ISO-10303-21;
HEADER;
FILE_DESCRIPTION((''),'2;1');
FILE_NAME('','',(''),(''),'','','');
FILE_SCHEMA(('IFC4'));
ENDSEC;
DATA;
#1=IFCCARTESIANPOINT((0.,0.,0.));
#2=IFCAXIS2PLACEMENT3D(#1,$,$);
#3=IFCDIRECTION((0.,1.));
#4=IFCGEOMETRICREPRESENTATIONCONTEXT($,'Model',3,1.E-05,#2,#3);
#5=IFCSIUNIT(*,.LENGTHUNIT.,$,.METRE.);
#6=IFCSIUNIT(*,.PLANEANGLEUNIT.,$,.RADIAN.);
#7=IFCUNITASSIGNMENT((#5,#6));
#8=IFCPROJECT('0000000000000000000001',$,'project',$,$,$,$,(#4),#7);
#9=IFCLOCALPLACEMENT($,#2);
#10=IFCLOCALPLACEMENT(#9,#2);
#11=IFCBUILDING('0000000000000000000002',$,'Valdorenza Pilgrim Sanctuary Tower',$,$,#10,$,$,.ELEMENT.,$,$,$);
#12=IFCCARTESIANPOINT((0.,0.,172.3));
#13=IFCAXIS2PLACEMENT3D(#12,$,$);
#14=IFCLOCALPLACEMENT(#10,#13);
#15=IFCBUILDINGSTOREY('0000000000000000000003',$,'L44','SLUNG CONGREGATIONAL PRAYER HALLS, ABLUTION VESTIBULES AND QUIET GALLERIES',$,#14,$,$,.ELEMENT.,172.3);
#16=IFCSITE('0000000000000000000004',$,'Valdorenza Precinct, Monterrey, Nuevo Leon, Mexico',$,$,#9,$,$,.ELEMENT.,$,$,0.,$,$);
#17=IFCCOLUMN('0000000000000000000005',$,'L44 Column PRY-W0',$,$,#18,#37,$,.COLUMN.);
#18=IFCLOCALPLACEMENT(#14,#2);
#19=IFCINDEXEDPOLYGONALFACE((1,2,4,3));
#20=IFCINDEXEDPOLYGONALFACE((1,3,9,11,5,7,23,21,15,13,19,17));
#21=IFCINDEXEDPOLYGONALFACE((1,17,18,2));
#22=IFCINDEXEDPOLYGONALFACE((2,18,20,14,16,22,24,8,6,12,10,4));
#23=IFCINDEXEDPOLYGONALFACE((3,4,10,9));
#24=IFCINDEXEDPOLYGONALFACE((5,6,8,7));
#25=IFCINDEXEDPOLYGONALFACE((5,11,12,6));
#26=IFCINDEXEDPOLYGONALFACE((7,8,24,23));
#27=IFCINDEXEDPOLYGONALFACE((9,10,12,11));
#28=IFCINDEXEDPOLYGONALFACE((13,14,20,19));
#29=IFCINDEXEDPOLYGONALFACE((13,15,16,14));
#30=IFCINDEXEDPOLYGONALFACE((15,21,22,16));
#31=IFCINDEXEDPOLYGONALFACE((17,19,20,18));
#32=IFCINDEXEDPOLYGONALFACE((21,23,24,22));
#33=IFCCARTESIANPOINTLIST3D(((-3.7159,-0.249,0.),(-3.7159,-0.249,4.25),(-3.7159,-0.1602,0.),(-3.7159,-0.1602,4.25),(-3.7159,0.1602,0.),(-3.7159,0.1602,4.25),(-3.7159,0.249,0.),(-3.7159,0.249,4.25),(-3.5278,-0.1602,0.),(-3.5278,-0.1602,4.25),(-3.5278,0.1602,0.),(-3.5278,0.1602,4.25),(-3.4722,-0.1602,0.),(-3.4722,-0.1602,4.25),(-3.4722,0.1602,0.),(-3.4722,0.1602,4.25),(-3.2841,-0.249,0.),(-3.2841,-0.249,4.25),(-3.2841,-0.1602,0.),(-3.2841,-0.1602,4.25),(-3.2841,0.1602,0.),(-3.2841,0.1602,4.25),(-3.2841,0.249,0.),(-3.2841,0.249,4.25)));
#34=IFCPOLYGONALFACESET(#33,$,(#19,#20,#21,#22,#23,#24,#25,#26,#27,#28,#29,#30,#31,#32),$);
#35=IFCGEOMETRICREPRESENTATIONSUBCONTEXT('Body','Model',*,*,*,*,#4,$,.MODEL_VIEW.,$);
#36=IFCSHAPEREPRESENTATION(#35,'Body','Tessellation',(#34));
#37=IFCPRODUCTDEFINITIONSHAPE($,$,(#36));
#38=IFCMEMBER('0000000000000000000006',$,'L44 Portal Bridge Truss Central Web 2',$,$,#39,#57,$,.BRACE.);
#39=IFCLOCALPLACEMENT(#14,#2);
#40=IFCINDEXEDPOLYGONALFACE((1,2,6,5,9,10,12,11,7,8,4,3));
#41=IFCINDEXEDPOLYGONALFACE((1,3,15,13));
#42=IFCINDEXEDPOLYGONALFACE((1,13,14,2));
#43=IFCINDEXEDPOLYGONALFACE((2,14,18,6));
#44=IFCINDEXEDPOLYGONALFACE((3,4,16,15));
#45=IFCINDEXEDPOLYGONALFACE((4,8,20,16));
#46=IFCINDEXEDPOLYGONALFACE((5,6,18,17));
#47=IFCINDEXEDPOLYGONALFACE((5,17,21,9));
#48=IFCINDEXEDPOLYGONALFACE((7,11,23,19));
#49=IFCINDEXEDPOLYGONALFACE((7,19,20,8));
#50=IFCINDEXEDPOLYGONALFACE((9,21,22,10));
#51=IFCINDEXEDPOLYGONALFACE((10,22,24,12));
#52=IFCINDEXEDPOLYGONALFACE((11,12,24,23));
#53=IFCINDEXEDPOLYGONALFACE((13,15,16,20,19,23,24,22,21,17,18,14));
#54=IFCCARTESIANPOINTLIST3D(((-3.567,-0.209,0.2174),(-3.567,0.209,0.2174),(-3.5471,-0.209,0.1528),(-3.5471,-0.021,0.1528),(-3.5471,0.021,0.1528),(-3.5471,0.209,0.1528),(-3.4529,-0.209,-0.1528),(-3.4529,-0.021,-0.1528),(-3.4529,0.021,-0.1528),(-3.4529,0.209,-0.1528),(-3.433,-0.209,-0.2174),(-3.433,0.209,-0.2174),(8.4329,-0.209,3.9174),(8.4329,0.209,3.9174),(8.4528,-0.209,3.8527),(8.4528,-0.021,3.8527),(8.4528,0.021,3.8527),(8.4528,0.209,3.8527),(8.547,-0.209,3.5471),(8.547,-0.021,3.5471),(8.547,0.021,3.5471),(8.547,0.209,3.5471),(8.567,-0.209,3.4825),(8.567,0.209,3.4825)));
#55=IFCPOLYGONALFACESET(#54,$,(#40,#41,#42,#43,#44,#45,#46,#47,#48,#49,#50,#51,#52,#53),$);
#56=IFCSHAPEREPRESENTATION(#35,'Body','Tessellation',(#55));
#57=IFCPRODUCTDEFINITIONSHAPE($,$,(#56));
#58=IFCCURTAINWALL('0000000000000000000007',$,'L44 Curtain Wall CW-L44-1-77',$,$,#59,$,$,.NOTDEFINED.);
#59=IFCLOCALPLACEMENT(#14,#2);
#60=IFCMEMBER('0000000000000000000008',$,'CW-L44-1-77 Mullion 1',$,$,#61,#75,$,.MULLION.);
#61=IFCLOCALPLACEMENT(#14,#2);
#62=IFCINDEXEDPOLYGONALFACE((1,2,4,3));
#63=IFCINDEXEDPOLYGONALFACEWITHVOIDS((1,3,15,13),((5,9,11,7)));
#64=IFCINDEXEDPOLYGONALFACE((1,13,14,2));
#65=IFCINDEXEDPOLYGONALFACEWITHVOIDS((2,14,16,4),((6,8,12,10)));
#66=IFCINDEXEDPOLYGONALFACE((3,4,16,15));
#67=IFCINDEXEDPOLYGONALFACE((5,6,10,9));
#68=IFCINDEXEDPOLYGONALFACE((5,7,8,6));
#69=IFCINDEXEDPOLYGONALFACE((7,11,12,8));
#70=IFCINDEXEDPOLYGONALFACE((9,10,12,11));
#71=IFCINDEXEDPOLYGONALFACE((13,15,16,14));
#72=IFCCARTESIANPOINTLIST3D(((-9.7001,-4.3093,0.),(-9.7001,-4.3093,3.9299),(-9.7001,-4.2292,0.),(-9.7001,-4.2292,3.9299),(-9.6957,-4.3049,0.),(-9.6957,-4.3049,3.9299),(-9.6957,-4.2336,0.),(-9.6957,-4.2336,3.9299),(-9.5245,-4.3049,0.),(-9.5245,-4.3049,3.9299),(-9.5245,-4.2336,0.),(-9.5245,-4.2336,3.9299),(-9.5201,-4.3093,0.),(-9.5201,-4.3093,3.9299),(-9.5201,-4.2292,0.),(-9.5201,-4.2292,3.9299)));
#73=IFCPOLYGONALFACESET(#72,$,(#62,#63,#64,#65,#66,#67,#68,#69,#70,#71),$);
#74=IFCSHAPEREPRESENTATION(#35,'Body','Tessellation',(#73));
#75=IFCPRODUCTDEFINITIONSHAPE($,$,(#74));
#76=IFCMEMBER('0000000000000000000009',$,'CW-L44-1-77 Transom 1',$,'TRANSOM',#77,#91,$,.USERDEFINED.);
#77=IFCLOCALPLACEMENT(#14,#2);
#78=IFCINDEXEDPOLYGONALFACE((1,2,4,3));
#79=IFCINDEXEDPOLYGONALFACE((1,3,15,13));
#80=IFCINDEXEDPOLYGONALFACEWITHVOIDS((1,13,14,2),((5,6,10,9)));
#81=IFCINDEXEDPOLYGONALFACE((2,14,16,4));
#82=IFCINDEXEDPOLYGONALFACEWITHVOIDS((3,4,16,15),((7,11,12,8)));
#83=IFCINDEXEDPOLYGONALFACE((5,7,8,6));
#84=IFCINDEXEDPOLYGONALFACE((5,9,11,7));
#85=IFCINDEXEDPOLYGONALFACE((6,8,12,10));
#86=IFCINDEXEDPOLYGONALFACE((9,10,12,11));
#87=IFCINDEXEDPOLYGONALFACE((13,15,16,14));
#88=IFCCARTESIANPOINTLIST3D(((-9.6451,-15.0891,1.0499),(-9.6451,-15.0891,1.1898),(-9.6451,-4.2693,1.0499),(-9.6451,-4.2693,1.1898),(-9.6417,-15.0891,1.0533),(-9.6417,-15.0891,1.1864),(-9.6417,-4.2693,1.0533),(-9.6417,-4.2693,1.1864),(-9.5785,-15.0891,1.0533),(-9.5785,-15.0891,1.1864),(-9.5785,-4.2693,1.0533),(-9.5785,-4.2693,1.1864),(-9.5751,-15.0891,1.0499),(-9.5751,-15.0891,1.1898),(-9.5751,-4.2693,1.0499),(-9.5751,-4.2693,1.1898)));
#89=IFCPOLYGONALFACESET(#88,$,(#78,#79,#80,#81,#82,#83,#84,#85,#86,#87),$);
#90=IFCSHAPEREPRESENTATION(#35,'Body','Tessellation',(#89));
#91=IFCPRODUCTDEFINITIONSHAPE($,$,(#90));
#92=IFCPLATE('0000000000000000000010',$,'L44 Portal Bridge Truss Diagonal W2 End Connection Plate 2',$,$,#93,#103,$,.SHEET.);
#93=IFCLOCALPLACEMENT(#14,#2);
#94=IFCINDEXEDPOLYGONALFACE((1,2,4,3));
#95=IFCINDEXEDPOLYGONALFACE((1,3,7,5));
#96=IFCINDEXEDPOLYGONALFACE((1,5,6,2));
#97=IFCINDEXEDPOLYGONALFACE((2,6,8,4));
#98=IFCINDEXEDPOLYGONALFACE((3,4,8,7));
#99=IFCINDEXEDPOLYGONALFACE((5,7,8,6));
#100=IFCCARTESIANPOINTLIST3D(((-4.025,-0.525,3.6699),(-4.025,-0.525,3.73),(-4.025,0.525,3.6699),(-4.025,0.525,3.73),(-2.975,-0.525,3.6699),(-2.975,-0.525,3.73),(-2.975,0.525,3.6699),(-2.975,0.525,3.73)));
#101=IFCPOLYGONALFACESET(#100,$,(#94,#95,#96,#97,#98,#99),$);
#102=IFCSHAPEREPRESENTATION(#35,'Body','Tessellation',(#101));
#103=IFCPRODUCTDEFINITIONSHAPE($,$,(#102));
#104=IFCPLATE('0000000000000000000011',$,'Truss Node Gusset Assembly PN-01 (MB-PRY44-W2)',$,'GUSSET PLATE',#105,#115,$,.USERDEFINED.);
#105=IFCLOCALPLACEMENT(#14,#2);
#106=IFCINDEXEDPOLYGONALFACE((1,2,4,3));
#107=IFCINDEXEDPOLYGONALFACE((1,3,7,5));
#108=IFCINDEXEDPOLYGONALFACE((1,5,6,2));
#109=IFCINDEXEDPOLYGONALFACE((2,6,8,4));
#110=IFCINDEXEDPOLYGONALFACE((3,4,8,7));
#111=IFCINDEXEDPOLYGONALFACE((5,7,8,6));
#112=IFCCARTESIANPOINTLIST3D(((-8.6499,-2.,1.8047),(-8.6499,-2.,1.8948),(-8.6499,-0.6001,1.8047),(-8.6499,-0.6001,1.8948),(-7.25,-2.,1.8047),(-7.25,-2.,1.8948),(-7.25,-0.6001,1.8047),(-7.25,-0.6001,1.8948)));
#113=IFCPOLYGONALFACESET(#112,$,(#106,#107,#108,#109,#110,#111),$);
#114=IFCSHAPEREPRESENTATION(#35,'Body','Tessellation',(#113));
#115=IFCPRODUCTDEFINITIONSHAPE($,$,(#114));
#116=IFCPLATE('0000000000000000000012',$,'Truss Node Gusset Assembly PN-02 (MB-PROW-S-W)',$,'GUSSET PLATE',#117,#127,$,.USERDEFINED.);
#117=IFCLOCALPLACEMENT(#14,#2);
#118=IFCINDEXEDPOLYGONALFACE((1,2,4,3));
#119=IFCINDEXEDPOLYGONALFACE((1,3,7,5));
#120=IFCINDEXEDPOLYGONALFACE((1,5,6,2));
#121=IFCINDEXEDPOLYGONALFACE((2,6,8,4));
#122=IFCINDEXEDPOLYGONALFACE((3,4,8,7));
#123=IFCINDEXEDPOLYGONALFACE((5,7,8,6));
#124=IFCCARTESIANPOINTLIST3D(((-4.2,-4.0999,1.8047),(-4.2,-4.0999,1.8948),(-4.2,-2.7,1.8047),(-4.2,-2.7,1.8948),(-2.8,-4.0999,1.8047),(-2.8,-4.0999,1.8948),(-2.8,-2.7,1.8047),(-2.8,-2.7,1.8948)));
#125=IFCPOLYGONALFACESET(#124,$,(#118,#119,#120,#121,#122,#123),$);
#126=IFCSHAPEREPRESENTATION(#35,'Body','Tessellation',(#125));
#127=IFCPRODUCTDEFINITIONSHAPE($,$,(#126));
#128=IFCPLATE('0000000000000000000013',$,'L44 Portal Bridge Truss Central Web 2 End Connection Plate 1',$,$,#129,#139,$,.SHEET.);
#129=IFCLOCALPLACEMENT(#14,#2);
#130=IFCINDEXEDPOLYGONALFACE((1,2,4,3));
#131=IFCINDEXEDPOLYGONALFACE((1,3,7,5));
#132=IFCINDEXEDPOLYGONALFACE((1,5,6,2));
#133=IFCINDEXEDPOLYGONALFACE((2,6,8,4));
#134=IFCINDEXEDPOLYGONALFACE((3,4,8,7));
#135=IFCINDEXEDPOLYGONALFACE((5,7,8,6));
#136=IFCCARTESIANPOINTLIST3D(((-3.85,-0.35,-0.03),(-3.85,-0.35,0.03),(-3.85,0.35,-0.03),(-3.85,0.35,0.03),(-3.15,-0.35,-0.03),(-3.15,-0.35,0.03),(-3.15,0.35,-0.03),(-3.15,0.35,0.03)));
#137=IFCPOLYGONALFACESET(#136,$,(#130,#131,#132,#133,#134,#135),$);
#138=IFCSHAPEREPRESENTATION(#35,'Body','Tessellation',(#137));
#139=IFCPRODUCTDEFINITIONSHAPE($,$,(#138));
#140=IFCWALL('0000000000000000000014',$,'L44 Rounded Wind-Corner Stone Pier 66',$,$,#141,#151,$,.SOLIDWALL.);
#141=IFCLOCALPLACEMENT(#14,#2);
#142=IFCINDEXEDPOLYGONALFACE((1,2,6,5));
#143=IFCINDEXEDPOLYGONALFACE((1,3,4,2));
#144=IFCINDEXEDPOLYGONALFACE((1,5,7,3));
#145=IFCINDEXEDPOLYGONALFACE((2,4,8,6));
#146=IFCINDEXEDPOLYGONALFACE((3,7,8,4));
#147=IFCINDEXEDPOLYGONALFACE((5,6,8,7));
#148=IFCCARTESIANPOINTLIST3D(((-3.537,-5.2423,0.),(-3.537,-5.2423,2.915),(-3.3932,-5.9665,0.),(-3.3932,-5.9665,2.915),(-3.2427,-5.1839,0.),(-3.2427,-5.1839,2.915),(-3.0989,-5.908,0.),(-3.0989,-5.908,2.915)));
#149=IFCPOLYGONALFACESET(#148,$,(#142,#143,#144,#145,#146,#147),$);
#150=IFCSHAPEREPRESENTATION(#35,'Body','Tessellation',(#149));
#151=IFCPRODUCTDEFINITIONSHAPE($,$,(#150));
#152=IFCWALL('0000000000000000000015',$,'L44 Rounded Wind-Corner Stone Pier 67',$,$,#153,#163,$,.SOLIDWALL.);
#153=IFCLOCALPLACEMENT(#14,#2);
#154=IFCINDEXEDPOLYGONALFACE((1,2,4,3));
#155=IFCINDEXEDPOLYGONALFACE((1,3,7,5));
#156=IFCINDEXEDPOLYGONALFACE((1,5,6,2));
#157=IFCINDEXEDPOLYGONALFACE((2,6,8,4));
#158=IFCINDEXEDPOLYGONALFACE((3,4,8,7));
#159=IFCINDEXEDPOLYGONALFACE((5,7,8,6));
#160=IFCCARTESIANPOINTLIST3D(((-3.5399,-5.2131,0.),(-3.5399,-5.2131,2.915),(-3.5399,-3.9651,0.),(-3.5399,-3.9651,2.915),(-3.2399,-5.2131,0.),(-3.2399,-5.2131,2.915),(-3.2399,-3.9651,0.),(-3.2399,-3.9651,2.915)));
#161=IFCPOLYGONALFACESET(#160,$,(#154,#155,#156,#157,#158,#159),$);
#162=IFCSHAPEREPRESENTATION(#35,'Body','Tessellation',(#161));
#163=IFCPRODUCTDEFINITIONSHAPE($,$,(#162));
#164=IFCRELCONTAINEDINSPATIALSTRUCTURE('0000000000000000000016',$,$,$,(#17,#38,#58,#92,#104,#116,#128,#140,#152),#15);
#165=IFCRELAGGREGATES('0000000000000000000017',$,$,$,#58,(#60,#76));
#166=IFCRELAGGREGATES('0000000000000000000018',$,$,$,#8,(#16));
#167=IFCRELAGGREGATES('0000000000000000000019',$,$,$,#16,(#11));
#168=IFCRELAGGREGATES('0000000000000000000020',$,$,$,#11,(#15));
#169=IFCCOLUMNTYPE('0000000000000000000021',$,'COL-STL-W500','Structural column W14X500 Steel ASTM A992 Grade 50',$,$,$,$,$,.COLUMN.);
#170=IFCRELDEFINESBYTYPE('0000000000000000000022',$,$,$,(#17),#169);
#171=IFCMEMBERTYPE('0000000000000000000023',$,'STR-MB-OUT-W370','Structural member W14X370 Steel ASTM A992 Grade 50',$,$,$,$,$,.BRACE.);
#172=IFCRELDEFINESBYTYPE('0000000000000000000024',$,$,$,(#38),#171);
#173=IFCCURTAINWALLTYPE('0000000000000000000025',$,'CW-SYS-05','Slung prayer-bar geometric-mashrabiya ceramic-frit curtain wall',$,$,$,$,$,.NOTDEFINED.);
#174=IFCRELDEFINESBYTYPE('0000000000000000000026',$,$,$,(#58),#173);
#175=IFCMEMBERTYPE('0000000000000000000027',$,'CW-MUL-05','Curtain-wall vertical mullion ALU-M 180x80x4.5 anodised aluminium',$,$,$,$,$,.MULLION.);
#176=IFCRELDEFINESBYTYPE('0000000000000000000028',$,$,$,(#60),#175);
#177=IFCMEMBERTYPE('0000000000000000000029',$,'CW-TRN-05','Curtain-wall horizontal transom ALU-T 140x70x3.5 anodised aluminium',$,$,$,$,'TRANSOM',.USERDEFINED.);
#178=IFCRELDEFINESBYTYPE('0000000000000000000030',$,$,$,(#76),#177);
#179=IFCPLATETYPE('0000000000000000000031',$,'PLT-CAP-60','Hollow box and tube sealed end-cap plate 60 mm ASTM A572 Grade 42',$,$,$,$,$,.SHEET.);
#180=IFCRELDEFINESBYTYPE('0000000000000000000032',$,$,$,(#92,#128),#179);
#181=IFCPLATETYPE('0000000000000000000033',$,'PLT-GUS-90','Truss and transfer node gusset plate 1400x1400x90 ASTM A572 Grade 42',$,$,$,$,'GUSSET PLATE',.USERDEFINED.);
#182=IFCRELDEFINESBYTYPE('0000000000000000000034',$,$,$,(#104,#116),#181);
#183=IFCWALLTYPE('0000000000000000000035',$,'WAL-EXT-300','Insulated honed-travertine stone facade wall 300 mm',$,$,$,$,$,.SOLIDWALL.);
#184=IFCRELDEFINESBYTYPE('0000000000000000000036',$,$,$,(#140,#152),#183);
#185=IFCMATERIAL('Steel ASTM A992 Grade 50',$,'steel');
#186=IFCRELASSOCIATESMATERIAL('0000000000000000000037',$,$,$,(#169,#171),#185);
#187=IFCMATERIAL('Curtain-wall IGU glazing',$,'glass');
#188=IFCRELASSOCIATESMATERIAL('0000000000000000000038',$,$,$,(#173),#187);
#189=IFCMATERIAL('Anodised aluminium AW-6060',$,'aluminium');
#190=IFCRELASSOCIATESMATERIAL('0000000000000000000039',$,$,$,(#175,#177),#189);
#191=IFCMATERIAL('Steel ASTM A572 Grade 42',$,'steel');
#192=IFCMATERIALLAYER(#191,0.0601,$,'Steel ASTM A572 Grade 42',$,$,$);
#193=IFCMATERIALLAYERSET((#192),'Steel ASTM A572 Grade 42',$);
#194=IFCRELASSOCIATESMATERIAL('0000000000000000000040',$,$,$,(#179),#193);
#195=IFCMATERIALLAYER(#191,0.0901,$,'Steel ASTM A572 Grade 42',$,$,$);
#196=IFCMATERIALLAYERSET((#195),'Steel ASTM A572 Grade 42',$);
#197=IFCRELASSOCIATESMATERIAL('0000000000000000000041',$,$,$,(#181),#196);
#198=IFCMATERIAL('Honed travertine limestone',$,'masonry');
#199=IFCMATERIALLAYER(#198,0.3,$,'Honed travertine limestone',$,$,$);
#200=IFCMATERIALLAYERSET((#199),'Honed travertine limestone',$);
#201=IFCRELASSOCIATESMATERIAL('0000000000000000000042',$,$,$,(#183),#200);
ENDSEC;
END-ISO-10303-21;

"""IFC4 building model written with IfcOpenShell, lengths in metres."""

from ifc_helpers import new_model, si_unit, direction, frame, frame_2d, origin, origin_2d, place, context, subcontext, project, spatial, rectangle, hollow_rectangle, i_section, extrude, source, transform, mapped, material, layer, layer_set, material_profile, profile_set, type_object, element, aggregate, save


model = new_model("IFC4")

# Units and contexts
model_context = context("Model", 3, precision=1e-05, world=origin(), true_north=direction((0.0, 1.0)))
body_context = subcontext(model_context, "Body", "Model", "MODEL_VIEW")
ifc_project = project(units=[si_unit("LENGTHUNIT", "METRE"), si_unit("PLANEANGLEUNIT", "RADIAN")], contexts=[model_context])

# Site, building, storey
site_placement = place(None, origin())
site = spatial("IfcSite", under=ifc_project, at=site_placement, Name="Valdorenza Precinct, Monterrey, Nuevo Leon, Mexico", CompositionType="ELEMENT", RefElevation=0.0)
building_placement = place(site_placement, origin())
building = spatial("IfcBuilding", under=site, at=building_placement, Name="Valdorenza Pilgrim Sanctuary Tower", CompositionType="ELEMENT")
storey_placement = place(building_placement, frame((0.0, 0.0, 172.3)))
storey = spatial("IfcBuildingStorey", under=building, at=storey_placement, Name="L44", Description="SLUNG CONGREGATIONAL PRAYER HALLS, ABLUTION VESTIBULES AND QUIET GALLERIES", CompositionType="ELEMENT", Elevation=172.3)

# Column
ifc_material_1 = material(Name="Steel ASTM A992 Grade 50", Category="steel")
ifc_material_profile_1 = material_profile(ifc_material_1, i_section(OverallWidth=0.4319, OverallDepth=0.498, WebThickness=0.0557, FlangeThickness=0.0889, at=origin_2d()), Name="W14X500")
ifc_profile_set_1 = profile_set([ifc_material_profile_1], Name="Steel ASTM A992 Grade 50")
column_type = type_object("IfcColumnType", Name="COL-STL-W500", Description="Structural column W14X500 Steel ASTM A992 Grade 50", PredefinedType="COLUMN", material=ifc_profile_set_1)
shared_shape_1 = source(origin(), body_context, "Body", "SweptSolid", [
    extrude(i_section(OverallWidth=0.4319, OverallDepth=0.498, WebThickness=0.0557, FlangeThickness=0.0889, at=origin_2d()), origin(), (0.0, 0.0, 1.0), 4.25),
])
column_placement = place(storey_placement, frame((-3.5, 0.0, 0.0), z_axis=(0.0, 0.0, 1.0), x_axis=(1.0, 0.0, 0.0)))
element("IfcColumn", 1, at=column_placement, inside=storey, type_object=column_type, Name="L44 Column PRY-W0", PredefinedType="COLUMN", context=body_context, shape_type="MappedRepresentation", body=[
    mapped(shared_shape_1, transform((0.0, 0.0, 0.0), x_axis=(1.0, 0.0, 0.0), y_axis=(0.0, 1.0, 0.0), z_axis=(0.0, 0.0, 1.0), scale=1.0)),
])

# Member
ifc_material_profile_2 = material_profile(ifc_material_1, i_section(OverallWidth=0.418, OverallDepth=0.4551, WebThickness=0.042, FlangeThickness=0.0676, at=origin_2d()), Name="W14X370")
ifc_profile_set_2 = profile_set([ifc_material_profile_2], Name="Steel ASTM A992 Grade 50")
member_type_1 = type_object("IfcMemberType", Name="STR-MB-OUT-W370", Description="Structural member W14X370 Steel ASTM A992 Grade 50", PredefinedType="BRACE", material=ifc_profile_set_2)
shared_shape_2 = source(origin(), body_context, "Body", "SweptSolid", [
    extrude(i_section(OverallWidth=0.418, OverallDepth=0.4551, WebThickness=0.042, FlangeThickness=0.0676, at=origin_2d()), origin(), (0.0, 0.0, 1.0), 12.5574),
])
member_1_placement = place(storey_placement, frame((-3.5, 0.0, 0.0), z_axis=(0.955608, 0.0, 0.294642), x_axis=(0.0, 1.0, 0.0)))
element("IfcMember", 2, at=member_1_placement, inside=storey, type_object=member_type_1, Name="L44 Portal Bridge Truss Central Web 2", PredefinedType="BRACE", context=body_context, shape_type="MappedRepresentation", body=[
    mapped(shared_shape_2, transform((0.0, 0.0, 0.0), x_axis=(1.0, 0.0, 0.0), y_axis=(0.0, 1.0, 0.0), z_axis=(0.0, 0.0, 1.0), scale=1.0)),
])

# Curtain wall, members
ifc_material_2 = material(Name="Curtain-wall IGU glazing", Category="glass")
curtain_wall_type = type_object("IfcCurtainWallType", Name="CW-SYS-05", Description="Slung prayer-bar geometric-mashrabiya ceramic-frit curtain wall", PredefinedType="NOTDEFINED", material=ifc_material_2)
curtain_wall_placement = place(storey_placement, origin())
curtain_wall = element("IfcCurtainWall", 3, at=curtain_wall_placement, inside=storey, type_object=curtain_wall_type, Name="L44 Curtain Wall CW-L44-1-77", PredefinedType="NOTDEFINED")
ifc_material_3 = material(Name="Anodised aluminium AW-6060", Category="aluminium")
ifc_material_profile_3 = material_profile(ifc_material_3, hollow_rectangle(XDim=0.0801, YDim=0.1799, WallThickness=0.0044, at=origin_2d()), Name="ALU-M 180x80x4.5")
ifc_profile_set_3 = profile_set([ifc_material_profile_3], Name="Anodised aluminium AW-6060")
member_type_2 = type_object("IfcMemberType", Name="CW-MUL-05", Description="Curtain-wall vertical mullion ALU-M 180x80x4.5 anodised aluminium", PredefinedType="MULLION", material=ifc_profile_set_3)
shared_shape_3 = source(origin(), body_context, "Body", "SweptSolid", [
    extrude(hollow_rectangle(XDim=0.0801, YDim=0.1799, WallThickness=0.0044, at=origin_2d()), origin(), (0.0, 0.0, 1.0), 3.9299),
])
member_2_placement = place(storey_placement, frame((-9.6101, -4.2693, 0.0), z_axis=(0.0, 0.0, 1.0), x_axis=(0.0, -1.0, 0.0)))
member_2 = element("IfcMember", 4, at=member_2_placement, type_object=member_type_2, Name="CW-L44-1-77 Mullion 1", PredefinedType="MULLION", context=body_context, shape_type="MappedRepresentation", body=[
    mapped(shared_shape_3, transform((0.0, 0.0, 0.0), x_axis=(1.0, 0.0, 0.0), y_axis=(0.0, 1.0, 0.0), z_axis=(0.0, 0.0, 1.0), scale=1.0)),
])
ifc_material_profile_4 = material_profile(ifc_material_3, hollow_rectangle(XDim=0.0701, YDim=0.1399, WallThickness=0.0034, at=origin_2d()), Name="ALU-T 140x70x3.5")
ifc_profile_set_4 = profile_set([ifc_material_profile_4], Name="Anodised aluminium AW-6060")
member_type_3 = type_object("IfcMemberType", Name="CW-TRN-05", Description="Curtain-wall horizontal transom ALU-T 140x70x3.5 anodised aluminium", ElementType="TRANSOM", PredefinedType="USERDEFINED", material=ifc_profile_set_4)
shared_shape_4 = source(origin(), body_context, "Body", "SweptSolid", [
    extrude(hollow_rectangle(XDim=0.0701, YDim=0.1399, WallThickness=0.0034, at=origin_2d()), origin(), (0.0, 0.0, 1.0), 10.8198),
])
member_3_placement = place(storey_placement, frame((-9.6101, -4.2693, 1.1199), z_axis=(0.0, -1.0, 0.0), x_axis=(1.0, 0.0, 0.0)))
member_3 = element("IfcMember", 5, at=member_3_placement, type_object=member_type_3, Name="CW-L44-1-77 Transom 1", ObjectType="TRANSOM", PredefinedType="USERDEFINED", context=body_context, shape_type="MappedRepresentation", body=[
    mapped(shared_shape_4, transform((0.0, 0.0, 0.0), x_axis=(1.0, 0.0, 0.0), y_axis=(0.0, 1.0, 0.0), z_axis=(0.0, 0.0, 1.0), scale=1.0)),
])
aggregate(curtain_wall, [member_2, member_3])

# Plates
ifc_material_4 = material(Name="Steel ASTM A572 Grade 42", Category="steel")
ifc_layer_1 = layer(ifc_material_4, 0.0601, Name="Steel ASTM A572 Grade 42")
ifc_layer_set_1 = layer_set([ifc_layer_1], Name="Steel ASTM A572 Grade 42")
plate_type_1 = type_object("IfcPlateType", Name="PLT-CAP-60", Description="Hollow box and tube sealed end-cap plate 60 mm ASTM A572 Grade 42", PredefinedType="SHEET", material=ifc_layer_set_1)
shared_shape_5 = source(origin(), body_context, "Body", "SweptSolid", [
    extrude(rectangle(XDim=1.05, YDim=1.05, at=origin_2d()), origin(), (0.0, 0.0, 1.0), 0.0601),
])
plate_1_placement = place(storey_placement, frame((-3.5, 0.0, 3.6699), z_axis=(0.0, 0.0, 1.0), x_axis=(1.0, 0.0, 0.0)))
element("IfcPlate", 6, at=plate_1_placement, inside=storey, type_object=plate_type_1, Name="L44 Portal Bridge Truss Diagonal W2 End Connection Plate 2", PredefinedType="SHEET", context=body_context, shape_type="MappedRepresentation", body=[
    mapped(shared_shape_5, transform((0.0, 0.0, 0.0), x_axis=(1.0, 0.0, 0.0), y_axis=(0.0, 1.0, 0.0), z_axis=(0.0, 0.0, 1.0), scale=1.0)),
])
ifc_layer_2 = layer(ifc_material_4, 0.0901, Name="Steel ASTM A572 Grade 42")
ifc_layer_set_2 = layer_set([ifc_layer_2], Name="Steel ASTM A572 Grade 42")
plate_type_2 = type_object("IfcPlateType", Name="PLT-GUS-90", Description="Truss and transfer node gusset plate 1400x1400x90 ASTM A572 Grade 42", ElementType="GUSSET PLATE", PredefinedType="USERDEFINED", material=ifc_layer_set_2)
shared_shape_6 = source(origin(), body_context, "Body", "SweptSolid", [
    extrude(rectangle(XDim=1.3999, YDim=1.3999, at=origin_2d()), origin(), (0.0, 0.0, 1.0), 0.0901),
])
for number, where, z_axis, x_axis, name in (
    (7, (-7.95, -1.3, 1.8047), (0.0, 0.0, 1.0), (1.0, 0.0, 0.0), "Truss Node Gusset Assembly PN-01 (MB-PRY44-W2)"),
    (8, (-3.5, -3.3999, 1.8047), (0.0, 0.0, 1.0), (1.0, 0.0, 0.0), "Truss Node Gusset Assembly PN-02 (MB-PROW-S-W)"),
):
    element("IfcPlate", number, at=place(storey_placement, frame(where, z_axis=z_axis, x_axis=x_axis)), inside=storey, type_object=plate_type_2, Name=name, ObjectType="GUSSET PLATE", PredefinedType="USERDEFINED", context=body_context, shape_type="MappedRepresentation", body=[
        mapped(shared_shape_6, transform((0.0, 0.0, 0.0), x_axis=(1.0, 0.0, 0.0), y_axis=(0.0, 1.0, 0.0), z_axis=(0.0, 0.0, 1.0), scale=1.0)),
    ])
shared_shape_7 = source(origin(), body_context, "Body", "SweptSolid", [
    extrude(rectangle(XDim=0.7, YDim=0.7, at=origin_2d()), origin(), (0.0, 0.0, 1.0), 0.0601),
])
plate_2_placement = place(storey_placement, frame((-3.5, 0.0, -0.03), z_axis=(0.0, 0.0, 1.0), x_axis=(1.0, 0.0, 0.0)))
element("IfcPlate", 9, at=plate_2_placement, inside=storey, type_object=plate_type_1, Name="L44 Portal Bridge Truss Central Web 2 End Connection Plate 1", PredefinedType="SHEET", context=body_context, shape_type="MappedRepresentation", body=[
    mapped(shared_shape_7, transform((0.0, 0.0, 0.0), x_axis=(1.0, 0.0, 0.0), y_axis=(0.0, 1.0, 0.0), z_axis=(0.0, 0.0, 1.0), scale=1.0)),
])

# Walls
ifc_material_5 = material(Name="Honed travertine limestone", Category="masonry")
ifc_layer_3 = layer(ifc_material_5, 0.3, Name="Honed travertine limestone")
ifc_layer_set_3 = layer_set([ifc_layer_3], Name="Honed travertine limestone")
wall_type = type_object("IfcWallType", Name="WAL-EXT-300", Description="Insulated honed-travertine stone facade wall 300 mm", PredefinedType="SOLIDWALL", material=ifc_layer_set_3)
wall_1_placement = place(storey_placement, frame((-3.2461, -5.9373, 0.0), z_axis=(0.0, 0.0, 1.0), x_axis=(-0.19478, 0.980847, 0.0)))
element("IfcWall", 10, at=wall_1_placement, inside=storey, type_object=wall_type, Name="L44 Rounded Wind-Corner Stone Pier 66", PredefinedType="SOLIDWALL", context=body_context, shape_type="SweptSolid", body=[
    extrude(rectangle(XDim=0.7383, YDim=0.3, at=frame_2d((0.3691, 0.0))), origin(), (0.0, 0.0, 1.0), 2.915),
])
wall_2_placement = place(storey_placement, frame((-3.3899, -5.2131, 0.0), z_axis=(0.0, 0.0, 1.0), x_axis=(0.0, 1.0, 0.0)))
element("IfcWall", 11, at=wall_2_placement, inside=storey, type_object=wall_type, Name="L44 Rounded Wind-Corner Stone Pier 67", PredefinedType="SOLIDWALL", context=body_context, shape_type="SweptSolid", body=[
    extrude(rectangle(XDim=1.248, YDim=0.3, at=frame_2d((0.624, 0.0))), origin(), (0.0, 0.0, 1.0), 2.915),
])

save(model, "model.ifc")
